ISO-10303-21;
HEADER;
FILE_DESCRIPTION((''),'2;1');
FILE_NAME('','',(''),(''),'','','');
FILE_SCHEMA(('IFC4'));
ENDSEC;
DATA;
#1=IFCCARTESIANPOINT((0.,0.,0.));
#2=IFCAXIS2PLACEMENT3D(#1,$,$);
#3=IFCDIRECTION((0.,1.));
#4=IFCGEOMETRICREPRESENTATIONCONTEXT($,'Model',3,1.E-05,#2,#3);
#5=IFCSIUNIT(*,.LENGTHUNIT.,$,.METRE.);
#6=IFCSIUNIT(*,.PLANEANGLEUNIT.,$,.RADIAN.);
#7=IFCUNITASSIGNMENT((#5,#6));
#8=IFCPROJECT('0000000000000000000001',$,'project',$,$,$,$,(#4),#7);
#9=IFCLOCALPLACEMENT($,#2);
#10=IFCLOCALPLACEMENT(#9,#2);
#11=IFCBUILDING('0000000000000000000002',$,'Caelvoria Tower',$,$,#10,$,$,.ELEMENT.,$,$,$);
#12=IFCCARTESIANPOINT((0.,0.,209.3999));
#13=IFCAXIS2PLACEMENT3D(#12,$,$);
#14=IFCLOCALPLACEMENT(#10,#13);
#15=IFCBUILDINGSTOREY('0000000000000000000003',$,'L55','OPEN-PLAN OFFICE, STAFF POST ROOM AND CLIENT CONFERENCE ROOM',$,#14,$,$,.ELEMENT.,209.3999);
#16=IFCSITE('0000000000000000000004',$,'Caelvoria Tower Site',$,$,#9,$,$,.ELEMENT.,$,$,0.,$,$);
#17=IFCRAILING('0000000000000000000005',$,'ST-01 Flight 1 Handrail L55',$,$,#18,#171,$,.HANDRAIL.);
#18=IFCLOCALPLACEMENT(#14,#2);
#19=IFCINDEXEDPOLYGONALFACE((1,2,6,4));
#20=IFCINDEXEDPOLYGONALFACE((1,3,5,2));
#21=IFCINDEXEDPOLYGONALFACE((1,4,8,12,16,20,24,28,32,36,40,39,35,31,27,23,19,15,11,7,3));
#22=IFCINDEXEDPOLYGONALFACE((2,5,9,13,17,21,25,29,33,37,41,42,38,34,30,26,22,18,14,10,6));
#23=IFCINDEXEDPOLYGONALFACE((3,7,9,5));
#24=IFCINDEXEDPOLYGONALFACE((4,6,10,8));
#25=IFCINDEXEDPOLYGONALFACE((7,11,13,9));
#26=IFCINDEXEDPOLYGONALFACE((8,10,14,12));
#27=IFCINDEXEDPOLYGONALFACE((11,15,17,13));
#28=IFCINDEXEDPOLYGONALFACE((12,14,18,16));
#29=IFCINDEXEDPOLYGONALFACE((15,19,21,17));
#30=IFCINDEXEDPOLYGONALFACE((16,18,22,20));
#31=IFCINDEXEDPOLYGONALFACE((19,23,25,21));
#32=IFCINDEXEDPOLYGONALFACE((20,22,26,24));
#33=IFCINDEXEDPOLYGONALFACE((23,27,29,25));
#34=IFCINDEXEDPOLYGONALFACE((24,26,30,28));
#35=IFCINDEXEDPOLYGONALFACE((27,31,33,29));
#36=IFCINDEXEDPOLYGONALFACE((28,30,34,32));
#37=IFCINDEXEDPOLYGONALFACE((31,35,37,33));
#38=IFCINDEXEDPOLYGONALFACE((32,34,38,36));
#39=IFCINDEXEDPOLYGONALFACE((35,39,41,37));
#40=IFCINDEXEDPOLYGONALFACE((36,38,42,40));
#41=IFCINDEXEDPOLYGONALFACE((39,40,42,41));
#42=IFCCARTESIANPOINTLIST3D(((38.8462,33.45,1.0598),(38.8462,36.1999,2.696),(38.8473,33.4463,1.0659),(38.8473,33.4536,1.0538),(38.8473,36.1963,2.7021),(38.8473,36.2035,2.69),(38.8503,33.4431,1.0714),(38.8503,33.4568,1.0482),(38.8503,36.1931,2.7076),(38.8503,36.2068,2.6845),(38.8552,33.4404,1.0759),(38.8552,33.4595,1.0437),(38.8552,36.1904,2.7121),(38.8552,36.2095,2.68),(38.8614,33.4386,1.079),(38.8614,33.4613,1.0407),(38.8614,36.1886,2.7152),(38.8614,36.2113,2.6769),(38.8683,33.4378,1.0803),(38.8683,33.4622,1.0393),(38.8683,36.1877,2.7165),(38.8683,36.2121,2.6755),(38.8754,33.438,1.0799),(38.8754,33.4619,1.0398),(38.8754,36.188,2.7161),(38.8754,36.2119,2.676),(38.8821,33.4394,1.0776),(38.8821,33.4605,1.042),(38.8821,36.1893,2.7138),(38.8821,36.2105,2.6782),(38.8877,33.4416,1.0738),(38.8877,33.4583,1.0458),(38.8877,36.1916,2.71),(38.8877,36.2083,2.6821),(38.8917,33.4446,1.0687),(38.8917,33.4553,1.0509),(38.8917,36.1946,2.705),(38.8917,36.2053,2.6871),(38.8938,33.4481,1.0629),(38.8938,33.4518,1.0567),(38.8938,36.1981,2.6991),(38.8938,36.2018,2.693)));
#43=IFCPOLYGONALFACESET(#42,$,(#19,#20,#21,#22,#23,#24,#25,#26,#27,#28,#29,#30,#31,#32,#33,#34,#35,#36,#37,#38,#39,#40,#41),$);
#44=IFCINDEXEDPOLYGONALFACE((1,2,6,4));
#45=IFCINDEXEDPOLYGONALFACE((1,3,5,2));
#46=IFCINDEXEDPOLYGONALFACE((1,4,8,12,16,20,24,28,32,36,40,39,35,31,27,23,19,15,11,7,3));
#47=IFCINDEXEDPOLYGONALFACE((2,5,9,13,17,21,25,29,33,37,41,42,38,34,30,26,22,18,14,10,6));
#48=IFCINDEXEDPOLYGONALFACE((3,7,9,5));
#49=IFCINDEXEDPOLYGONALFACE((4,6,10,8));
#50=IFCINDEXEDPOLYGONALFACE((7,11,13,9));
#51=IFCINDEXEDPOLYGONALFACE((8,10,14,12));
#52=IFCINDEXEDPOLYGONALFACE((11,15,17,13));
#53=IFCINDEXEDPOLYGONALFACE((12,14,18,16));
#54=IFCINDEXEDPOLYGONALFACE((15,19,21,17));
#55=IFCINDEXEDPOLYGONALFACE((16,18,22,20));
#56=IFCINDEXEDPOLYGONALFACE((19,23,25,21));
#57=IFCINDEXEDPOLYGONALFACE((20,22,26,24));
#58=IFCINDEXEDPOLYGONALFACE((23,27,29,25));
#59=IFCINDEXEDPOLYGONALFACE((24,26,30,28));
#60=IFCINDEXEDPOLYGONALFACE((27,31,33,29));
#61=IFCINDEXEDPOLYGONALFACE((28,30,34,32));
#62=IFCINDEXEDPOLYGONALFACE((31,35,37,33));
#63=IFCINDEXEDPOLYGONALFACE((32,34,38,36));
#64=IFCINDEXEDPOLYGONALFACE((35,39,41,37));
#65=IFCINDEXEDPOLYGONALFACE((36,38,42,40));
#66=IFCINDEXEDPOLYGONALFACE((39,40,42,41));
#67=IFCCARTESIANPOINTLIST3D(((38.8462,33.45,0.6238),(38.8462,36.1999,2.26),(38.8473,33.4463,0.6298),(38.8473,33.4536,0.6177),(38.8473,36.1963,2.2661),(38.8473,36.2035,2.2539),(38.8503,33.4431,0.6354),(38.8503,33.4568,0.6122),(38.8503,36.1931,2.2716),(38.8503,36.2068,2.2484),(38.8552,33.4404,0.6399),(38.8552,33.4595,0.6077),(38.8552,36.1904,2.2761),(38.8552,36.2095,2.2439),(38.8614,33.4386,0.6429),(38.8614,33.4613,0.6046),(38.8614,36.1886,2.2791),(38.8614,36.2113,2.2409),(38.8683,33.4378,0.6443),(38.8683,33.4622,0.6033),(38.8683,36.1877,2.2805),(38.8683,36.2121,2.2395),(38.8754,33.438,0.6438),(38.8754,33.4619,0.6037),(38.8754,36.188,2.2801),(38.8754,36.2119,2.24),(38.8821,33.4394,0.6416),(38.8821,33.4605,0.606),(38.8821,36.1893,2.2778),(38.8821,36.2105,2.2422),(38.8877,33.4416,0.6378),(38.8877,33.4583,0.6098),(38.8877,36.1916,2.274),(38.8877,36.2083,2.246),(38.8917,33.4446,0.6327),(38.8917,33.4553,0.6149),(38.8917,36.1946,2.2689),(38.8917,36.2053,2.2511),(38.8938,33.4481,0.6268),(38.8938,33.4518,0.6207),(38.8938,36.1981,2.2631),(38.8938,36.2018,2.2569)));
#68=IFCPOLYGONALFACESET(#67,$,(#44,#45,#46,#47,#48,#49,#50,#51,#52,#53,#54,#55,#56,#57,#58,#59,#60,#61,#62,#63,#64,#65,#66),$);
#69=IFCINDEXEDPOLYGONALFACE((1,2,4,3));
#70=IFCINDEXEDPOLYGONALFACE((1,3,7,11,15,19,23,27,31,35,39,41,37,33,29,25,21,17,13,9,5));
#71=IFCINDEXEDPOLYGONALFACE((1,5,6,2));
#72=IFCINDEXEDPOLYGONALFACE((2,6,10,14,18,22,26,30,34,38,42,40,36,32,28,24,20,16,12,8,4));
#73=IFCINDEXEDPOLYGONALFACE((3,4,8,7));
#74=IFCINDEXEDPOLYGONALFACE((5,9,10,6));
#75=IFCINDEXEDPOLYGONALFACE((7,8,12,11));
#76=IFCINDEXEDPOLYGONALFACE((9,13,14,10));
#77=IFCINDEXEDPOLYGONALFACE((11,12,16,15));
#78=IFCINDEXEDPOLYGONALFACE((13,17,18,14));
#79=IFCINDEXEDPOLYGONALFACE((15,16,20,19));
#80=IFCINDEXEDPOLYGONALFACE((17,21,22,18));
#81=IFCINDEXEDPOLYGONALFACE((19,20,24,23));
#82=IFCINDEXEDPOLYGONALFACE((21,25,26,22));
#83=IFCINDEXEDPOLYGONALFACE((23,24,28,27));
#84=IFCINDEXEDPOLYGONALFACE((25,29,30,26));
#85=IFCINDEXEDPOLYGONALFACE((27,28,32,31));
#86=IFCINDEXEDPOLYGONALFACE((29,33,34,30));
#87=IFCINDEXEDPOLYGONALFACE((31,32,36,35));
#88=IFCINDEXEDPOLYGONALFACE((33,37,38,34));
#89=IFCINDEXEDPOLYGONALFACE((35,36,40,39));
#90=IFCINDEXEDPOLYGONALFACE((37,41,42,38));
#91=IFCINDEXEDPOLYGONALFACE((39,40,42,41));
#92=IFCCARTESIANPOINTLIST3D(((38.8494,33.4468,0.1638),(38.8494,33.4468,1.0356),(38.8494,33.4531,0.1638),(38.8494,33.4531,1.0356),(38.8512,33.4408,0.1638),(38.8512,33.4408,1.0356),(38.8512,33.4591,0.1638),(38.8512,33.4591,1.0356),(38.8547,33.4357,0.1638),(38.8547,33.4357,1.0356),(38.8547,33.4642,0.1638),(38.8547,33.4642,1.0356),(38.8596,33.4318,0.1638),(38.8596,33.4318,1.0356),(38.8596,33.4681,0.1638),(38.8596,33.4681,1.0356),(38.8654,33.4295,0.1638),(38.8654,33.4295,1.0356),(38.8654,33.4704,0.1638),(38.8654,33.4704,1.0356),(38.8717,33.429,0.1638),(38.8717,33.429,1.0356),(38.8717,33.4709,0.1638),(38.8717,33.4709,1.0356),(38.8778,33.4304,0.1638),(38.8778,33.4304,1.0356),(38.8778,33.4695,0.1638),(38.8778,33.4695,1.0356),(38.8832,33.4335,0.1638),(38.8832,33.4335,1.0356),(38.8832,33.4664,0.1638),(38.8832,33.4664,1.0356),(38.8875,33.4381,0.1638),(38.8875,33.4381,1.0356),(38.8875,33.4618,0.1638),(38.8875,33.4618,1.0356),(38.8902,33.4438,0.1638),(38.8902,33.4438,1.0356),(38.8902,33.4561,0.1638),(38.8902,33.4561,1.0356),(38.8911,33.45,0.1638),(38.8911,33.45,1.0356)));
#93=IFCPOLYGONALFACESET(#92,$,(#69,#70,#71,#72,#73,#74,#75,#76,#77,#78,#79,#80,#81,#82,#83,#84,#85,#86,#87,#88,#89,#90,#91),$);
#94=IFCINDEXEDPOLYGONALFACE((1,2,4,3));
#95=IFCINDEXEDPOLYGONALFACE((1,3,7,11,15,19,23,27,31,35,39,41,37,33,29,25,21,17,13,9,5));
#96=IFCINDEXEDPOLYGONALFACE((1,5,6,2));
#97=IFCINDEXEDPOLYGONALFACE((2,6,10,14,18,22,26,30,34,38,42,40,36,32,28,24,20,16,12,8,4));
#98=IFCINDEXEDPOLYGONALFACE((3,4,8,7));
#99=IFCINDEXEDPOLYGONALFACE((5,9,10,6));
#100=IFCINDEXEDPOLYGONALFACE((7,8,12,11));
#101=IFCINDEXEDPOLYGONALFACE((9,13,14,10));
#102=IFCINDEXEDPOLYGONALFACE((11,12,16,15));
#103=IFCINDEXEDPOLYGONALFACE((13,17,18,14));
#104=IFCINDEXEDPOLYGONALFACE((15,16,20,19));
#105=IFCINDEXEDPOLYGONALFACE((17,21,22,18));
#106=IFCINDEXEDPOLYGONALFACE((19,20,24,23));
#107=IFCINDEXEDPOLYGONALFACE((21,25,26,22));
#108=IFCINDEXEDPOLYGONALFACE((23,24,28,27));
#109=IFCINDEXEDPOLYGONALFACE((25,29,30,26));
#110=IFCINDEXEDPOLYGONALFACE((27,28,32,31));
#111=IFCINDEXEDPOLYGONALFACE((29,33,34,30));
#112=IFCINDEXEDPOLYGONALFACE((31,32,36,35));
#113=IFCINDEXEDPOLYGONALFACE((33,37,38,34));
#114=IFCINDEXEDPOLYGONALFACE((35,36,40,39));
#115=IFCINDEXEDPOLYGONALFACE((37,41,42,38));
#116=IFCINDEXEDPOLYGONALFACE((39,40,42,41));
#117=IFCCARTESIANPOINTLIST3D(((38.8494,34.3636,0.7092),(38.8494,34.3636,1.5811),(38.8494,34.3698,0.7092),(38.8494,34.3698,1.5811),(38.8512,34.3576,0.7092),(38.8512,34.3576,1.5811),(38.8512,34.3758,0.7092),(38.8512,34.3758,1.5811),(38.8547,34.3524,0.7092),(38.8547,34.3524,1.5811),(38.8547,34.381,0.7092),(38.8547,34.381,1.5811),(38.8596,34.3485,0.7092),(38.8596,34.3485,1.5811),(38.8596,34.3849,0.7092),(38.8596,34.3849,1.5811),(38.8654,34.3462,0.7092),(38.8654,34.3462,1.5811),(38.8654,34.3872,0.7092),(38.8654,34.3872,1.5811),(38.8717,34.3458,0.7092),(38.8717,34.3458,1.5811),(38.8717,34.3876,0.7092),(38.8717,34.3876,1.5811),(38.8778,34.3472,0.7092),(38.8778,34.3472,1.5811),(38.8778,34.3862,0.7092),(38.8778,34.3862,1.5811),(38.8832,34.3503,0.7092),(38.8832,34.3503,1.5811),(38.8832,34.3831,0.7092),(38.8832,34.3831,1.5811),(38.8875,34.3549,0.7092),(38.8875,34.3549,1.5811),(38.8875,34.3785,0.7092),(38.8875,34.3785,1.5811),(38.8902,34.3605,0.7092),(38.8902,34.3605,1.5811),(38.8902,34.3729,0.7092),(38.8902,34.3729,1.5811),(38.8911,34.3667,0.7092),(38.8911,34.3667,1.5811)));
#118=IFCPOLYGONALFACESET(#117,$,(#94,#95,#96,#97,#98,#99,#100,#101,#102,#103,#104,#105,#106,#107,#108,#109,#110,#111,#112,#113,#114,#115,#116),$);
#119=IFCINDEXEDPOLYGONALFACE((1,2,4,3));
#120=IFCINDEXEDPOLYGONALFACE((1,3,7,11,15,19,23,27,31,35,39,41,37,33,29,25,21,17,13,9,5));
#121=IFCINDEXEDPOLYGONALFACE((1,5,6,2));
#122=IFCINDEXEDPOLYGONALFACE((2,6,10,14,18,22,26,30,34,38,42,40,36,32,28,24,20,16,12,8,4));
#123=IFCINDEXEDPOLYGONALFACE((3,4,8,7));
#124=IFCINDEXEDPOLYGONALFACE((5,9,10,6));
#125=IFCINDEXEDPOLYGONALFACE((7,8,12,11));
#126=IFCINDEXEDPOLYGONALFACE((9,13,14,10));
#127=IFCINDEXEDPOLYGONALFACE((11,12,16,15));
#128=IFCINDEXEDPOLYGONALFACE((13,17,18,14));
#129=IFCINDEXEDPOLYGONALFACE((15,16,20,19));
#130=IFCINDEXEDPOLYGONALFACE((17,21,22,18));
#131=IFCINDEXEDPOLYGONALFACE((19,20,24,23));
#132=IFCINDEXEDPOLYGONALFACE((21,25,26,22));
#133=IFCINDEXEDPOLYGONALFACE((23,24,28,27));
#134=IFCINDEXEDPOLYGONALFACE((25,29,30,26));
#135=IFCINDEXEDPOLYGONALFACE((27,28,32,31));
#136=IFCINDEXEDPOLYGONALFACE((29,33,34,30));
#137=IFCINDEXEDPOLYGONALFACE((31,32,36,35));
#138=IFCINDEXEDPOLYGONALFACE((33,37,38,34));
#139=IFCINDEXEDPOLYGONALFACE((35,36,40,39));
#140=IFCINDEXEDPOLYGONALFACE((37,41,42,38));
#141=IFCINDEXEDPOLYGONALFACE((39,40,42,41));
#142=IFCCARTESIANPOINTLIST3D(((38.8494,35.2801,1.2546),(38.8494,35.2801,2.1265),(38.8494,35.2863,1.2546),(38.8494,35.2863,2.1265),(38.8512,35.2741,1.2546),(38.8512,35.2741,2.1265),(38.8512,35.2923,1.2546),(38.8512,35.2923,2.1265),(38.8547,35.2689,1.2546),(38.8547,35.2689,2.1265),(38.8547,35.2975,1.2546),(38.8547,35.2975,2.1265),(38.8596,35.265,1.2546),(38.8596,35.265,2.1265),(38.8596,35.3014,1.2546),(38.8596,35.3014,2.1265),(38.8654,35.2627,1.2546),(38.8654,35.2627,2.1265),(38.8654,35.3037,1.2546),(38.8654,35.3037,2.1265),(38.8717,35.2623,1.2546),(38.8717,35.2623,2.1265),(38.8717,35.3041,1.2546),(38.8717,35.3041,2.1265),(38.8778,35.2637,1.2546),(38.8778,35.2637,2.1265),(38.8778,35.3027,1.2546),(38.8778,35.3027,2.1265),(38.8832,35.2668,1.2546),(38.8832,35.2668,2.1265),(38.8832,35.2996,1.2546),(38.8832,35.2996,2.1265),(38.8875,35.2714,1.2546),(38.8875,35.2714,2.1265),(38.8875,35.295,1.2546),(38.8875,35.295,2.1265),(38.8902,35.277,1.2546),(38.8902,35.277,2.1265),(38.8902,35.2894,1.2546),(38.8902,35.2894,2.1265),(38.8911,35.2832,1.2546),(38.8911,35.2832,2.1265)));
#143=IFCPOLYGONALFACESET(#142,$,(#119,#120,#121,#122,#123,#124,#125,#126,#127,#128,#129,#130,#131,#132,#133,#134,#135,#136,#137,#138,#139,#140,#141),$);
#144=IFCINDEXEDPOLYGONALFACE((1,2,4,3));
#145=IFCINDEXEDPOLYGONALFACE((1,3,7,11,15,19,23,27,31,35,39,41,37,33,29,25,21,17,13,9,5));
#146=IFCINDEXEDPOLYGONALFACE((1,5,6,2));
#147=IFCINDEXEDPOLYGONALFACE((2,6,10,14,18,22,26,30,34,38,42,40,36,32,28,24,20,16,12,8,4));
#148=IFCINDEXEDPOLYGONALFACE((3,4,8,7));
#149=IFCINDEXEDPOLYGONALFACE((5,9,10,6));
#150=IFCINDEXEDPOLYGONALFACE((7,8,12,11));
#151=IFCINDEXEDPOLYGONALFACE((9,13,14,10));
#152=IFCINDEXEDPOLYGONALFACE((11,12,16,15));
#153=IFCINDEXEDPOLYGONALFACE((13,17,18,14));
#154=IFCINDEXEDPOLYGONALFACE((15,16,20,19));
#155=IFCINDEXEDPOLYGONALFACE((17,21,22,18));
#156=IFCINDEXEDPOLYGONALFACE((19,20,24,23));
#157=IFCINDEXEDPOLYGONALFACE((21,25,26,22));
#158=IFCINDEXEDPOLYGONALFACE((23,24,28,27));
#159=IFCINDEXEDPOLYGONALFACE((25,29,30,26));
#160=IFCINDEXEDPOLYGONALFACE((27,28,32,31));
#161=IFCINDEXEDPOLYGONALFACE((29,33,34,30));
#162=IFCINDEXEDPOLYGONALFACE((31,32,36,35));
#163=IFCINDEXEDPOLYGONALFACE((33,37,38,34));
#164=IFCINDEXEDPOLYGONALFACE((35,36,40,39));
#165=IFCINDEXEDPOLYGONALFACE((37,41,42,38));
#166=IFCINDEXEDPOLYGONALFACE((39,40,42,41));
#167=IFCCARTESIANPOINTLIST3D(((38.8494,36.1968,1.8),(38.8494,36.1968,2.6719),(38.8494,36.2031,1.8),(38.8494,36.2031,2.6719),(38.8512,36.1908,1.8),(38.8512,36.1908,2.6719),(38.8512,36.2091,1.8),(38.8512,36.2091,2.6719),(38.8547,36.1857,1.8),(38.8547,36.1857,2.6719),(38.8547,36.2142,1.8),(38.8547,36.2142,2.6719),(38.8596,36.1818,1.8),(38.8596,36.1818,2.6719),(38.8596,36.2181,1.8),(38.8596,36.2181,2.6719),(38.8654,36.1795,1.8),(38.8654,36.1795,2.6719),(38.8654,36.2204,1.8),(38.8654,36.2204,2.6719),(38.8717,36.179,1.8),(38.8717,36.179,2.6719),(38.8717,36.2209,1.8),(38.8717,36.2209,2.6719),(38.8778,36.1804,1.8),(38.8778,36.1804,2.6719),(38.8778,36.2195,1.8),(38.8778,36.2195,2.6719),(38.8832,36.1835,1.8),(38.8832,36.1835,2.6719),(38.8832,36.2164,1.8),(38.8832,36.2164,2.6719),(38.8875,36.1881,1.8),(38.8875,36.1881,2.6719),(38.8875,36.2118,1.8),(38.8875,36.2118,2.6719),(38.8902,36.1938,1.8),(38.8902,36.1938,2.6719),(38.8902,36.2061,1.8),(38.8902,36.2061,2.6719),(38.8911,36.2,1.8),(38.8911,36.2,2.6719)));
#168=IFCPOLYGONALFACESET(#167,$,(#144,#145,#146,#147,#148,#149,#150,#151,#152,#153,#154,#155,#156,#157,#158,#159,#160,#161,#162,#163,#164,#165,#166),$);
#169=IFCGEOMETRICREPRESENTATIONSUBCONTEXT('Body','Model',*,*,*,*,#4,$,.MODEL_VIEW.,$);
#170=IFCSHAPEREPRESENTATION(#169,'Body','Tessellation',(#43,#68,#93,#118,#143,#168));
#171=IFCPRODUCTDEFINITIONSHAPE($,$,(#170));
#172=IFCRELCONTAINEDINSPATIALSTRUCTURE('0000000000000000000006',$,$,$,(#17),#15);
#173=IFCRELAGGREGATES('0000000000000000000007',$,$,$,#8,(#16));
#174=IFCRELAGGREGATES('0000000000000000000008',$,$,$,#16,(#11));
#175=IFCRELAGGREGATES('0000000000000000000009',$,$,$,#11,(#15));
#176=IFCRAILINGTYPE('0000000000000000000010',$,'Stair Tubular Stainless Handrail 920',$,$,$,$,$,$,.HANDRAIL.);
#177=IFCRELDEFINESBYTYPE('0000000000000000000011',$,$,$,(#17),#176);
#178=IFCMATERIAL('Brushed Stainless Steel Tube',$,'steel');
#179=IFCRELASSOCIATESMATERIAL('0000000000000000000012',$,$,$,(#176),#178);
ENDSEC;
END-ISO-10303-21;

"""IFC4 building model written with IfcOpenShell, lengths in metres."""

from ifc_helpers import new_model, si_unit, direction, frame, origin, origin_2d, place, context, subcontext, project, spatial, circle, extrude, material, type_object, element, save


model = new_model("IFC4")

# Units and contexts
model_context = context("Model", 3, precision=1e-05, world=origin(), true_north=direction((0.0, 1.0)))
body_context = subcontext(model_context, "Body", "Model", "MODEL_VIEW")
ifc_project = project(units=[si_unit("LENGTHUNIT", "METRE"), si_unit("PLANEANGLEUNIT", "RADIAN")], contexts=[model_context])

# Site, building, storey
site_placement = place(None, origin())
site = spatial("IfcSite", under=ifc_project, at=site_placement, Name="Caelvoria Tower Site", CompositionType="ELEMENT", RefElevation=0.0)
building_placement = place(site_placement, origin())
building = spatial("IfcBuilding", under=site, at=building_placement, Name="Caelvoria Tower", CompositionType="ELEMENT")
storey_placement = place(building_placement, frame((0.0, 0.0, 209.3999)))
storey = spatial("IfcBuildingStorey", under=building, at=storey_placement, Name="L55", Description="OPEN-PLAN OFFICE, STAFF POST ROOM AND CLIENT CONFERENCE ROOM", CompositionType="ELEMENT", Elevation=209.3999)

# Railing
ifc_material_1 = material(Name="Brushed Stainless Steel Tube", Category="steel")
railing_type_1 = type_object("IfcRailingType", Name="Stair Tubular Stainless Handrail 920", PredefinedType="HANDRAIL", material=ifc_material_1)
railing_1_placement = place(storey_placement, frame((38.8701, 33.45, 0.1638)))
element("IfcRailing", 1, at=railing_1_placement, inside=storey, type_object=railing_type_1, Name="ST-01 Flight 1 Handrail L55", PredefinedType="HANDRAIL", context=body_context, shape_type="SweptSolid", body=[
    extrude(circle(Radius=0.0239, at=origin_2d()), frame((0.0, 0.0, 0.896), z_axis=(0.0, 0.859385, 0.511328), x_axis=(-1.0, 0.0, 0.0)), (0.0, 0.0, 1.0), 3.2),
    extrude(circle(Radius=0.0239, at=origin_2d()), frame((0.0, 0.0, 0.46), z_axis=(0.0, 0.859385, 0.511328), x_axis=(-1.0, 0.0, 0.0)), (0.0, 0.0, 1.0), 3.2),
    extrude(circle(Radius=0.021, at=origin_2d()), origin(), (0.0, 0.0, 1.0), 0.8718),
    extrude(circle(Radius=0.021, at=origin_2d()), frame((0.0, 0.9167, 0.5454)), (0.0, 0.0, 1.0), 0.8718),
    extrude(circle(Radius=0.021, at=origin_2d()), frame((0.0, 1.8333, 1.0908)), (0.0, 0.0, 1.0), 0.8718),
    extrude(circle(Radius=0.021, at=origin_2d()), frame((0.0, 2.75, 1.6362)), (0.0, 0.0, 1.0), 0.8718),
])

save(model, "model.ifc")
